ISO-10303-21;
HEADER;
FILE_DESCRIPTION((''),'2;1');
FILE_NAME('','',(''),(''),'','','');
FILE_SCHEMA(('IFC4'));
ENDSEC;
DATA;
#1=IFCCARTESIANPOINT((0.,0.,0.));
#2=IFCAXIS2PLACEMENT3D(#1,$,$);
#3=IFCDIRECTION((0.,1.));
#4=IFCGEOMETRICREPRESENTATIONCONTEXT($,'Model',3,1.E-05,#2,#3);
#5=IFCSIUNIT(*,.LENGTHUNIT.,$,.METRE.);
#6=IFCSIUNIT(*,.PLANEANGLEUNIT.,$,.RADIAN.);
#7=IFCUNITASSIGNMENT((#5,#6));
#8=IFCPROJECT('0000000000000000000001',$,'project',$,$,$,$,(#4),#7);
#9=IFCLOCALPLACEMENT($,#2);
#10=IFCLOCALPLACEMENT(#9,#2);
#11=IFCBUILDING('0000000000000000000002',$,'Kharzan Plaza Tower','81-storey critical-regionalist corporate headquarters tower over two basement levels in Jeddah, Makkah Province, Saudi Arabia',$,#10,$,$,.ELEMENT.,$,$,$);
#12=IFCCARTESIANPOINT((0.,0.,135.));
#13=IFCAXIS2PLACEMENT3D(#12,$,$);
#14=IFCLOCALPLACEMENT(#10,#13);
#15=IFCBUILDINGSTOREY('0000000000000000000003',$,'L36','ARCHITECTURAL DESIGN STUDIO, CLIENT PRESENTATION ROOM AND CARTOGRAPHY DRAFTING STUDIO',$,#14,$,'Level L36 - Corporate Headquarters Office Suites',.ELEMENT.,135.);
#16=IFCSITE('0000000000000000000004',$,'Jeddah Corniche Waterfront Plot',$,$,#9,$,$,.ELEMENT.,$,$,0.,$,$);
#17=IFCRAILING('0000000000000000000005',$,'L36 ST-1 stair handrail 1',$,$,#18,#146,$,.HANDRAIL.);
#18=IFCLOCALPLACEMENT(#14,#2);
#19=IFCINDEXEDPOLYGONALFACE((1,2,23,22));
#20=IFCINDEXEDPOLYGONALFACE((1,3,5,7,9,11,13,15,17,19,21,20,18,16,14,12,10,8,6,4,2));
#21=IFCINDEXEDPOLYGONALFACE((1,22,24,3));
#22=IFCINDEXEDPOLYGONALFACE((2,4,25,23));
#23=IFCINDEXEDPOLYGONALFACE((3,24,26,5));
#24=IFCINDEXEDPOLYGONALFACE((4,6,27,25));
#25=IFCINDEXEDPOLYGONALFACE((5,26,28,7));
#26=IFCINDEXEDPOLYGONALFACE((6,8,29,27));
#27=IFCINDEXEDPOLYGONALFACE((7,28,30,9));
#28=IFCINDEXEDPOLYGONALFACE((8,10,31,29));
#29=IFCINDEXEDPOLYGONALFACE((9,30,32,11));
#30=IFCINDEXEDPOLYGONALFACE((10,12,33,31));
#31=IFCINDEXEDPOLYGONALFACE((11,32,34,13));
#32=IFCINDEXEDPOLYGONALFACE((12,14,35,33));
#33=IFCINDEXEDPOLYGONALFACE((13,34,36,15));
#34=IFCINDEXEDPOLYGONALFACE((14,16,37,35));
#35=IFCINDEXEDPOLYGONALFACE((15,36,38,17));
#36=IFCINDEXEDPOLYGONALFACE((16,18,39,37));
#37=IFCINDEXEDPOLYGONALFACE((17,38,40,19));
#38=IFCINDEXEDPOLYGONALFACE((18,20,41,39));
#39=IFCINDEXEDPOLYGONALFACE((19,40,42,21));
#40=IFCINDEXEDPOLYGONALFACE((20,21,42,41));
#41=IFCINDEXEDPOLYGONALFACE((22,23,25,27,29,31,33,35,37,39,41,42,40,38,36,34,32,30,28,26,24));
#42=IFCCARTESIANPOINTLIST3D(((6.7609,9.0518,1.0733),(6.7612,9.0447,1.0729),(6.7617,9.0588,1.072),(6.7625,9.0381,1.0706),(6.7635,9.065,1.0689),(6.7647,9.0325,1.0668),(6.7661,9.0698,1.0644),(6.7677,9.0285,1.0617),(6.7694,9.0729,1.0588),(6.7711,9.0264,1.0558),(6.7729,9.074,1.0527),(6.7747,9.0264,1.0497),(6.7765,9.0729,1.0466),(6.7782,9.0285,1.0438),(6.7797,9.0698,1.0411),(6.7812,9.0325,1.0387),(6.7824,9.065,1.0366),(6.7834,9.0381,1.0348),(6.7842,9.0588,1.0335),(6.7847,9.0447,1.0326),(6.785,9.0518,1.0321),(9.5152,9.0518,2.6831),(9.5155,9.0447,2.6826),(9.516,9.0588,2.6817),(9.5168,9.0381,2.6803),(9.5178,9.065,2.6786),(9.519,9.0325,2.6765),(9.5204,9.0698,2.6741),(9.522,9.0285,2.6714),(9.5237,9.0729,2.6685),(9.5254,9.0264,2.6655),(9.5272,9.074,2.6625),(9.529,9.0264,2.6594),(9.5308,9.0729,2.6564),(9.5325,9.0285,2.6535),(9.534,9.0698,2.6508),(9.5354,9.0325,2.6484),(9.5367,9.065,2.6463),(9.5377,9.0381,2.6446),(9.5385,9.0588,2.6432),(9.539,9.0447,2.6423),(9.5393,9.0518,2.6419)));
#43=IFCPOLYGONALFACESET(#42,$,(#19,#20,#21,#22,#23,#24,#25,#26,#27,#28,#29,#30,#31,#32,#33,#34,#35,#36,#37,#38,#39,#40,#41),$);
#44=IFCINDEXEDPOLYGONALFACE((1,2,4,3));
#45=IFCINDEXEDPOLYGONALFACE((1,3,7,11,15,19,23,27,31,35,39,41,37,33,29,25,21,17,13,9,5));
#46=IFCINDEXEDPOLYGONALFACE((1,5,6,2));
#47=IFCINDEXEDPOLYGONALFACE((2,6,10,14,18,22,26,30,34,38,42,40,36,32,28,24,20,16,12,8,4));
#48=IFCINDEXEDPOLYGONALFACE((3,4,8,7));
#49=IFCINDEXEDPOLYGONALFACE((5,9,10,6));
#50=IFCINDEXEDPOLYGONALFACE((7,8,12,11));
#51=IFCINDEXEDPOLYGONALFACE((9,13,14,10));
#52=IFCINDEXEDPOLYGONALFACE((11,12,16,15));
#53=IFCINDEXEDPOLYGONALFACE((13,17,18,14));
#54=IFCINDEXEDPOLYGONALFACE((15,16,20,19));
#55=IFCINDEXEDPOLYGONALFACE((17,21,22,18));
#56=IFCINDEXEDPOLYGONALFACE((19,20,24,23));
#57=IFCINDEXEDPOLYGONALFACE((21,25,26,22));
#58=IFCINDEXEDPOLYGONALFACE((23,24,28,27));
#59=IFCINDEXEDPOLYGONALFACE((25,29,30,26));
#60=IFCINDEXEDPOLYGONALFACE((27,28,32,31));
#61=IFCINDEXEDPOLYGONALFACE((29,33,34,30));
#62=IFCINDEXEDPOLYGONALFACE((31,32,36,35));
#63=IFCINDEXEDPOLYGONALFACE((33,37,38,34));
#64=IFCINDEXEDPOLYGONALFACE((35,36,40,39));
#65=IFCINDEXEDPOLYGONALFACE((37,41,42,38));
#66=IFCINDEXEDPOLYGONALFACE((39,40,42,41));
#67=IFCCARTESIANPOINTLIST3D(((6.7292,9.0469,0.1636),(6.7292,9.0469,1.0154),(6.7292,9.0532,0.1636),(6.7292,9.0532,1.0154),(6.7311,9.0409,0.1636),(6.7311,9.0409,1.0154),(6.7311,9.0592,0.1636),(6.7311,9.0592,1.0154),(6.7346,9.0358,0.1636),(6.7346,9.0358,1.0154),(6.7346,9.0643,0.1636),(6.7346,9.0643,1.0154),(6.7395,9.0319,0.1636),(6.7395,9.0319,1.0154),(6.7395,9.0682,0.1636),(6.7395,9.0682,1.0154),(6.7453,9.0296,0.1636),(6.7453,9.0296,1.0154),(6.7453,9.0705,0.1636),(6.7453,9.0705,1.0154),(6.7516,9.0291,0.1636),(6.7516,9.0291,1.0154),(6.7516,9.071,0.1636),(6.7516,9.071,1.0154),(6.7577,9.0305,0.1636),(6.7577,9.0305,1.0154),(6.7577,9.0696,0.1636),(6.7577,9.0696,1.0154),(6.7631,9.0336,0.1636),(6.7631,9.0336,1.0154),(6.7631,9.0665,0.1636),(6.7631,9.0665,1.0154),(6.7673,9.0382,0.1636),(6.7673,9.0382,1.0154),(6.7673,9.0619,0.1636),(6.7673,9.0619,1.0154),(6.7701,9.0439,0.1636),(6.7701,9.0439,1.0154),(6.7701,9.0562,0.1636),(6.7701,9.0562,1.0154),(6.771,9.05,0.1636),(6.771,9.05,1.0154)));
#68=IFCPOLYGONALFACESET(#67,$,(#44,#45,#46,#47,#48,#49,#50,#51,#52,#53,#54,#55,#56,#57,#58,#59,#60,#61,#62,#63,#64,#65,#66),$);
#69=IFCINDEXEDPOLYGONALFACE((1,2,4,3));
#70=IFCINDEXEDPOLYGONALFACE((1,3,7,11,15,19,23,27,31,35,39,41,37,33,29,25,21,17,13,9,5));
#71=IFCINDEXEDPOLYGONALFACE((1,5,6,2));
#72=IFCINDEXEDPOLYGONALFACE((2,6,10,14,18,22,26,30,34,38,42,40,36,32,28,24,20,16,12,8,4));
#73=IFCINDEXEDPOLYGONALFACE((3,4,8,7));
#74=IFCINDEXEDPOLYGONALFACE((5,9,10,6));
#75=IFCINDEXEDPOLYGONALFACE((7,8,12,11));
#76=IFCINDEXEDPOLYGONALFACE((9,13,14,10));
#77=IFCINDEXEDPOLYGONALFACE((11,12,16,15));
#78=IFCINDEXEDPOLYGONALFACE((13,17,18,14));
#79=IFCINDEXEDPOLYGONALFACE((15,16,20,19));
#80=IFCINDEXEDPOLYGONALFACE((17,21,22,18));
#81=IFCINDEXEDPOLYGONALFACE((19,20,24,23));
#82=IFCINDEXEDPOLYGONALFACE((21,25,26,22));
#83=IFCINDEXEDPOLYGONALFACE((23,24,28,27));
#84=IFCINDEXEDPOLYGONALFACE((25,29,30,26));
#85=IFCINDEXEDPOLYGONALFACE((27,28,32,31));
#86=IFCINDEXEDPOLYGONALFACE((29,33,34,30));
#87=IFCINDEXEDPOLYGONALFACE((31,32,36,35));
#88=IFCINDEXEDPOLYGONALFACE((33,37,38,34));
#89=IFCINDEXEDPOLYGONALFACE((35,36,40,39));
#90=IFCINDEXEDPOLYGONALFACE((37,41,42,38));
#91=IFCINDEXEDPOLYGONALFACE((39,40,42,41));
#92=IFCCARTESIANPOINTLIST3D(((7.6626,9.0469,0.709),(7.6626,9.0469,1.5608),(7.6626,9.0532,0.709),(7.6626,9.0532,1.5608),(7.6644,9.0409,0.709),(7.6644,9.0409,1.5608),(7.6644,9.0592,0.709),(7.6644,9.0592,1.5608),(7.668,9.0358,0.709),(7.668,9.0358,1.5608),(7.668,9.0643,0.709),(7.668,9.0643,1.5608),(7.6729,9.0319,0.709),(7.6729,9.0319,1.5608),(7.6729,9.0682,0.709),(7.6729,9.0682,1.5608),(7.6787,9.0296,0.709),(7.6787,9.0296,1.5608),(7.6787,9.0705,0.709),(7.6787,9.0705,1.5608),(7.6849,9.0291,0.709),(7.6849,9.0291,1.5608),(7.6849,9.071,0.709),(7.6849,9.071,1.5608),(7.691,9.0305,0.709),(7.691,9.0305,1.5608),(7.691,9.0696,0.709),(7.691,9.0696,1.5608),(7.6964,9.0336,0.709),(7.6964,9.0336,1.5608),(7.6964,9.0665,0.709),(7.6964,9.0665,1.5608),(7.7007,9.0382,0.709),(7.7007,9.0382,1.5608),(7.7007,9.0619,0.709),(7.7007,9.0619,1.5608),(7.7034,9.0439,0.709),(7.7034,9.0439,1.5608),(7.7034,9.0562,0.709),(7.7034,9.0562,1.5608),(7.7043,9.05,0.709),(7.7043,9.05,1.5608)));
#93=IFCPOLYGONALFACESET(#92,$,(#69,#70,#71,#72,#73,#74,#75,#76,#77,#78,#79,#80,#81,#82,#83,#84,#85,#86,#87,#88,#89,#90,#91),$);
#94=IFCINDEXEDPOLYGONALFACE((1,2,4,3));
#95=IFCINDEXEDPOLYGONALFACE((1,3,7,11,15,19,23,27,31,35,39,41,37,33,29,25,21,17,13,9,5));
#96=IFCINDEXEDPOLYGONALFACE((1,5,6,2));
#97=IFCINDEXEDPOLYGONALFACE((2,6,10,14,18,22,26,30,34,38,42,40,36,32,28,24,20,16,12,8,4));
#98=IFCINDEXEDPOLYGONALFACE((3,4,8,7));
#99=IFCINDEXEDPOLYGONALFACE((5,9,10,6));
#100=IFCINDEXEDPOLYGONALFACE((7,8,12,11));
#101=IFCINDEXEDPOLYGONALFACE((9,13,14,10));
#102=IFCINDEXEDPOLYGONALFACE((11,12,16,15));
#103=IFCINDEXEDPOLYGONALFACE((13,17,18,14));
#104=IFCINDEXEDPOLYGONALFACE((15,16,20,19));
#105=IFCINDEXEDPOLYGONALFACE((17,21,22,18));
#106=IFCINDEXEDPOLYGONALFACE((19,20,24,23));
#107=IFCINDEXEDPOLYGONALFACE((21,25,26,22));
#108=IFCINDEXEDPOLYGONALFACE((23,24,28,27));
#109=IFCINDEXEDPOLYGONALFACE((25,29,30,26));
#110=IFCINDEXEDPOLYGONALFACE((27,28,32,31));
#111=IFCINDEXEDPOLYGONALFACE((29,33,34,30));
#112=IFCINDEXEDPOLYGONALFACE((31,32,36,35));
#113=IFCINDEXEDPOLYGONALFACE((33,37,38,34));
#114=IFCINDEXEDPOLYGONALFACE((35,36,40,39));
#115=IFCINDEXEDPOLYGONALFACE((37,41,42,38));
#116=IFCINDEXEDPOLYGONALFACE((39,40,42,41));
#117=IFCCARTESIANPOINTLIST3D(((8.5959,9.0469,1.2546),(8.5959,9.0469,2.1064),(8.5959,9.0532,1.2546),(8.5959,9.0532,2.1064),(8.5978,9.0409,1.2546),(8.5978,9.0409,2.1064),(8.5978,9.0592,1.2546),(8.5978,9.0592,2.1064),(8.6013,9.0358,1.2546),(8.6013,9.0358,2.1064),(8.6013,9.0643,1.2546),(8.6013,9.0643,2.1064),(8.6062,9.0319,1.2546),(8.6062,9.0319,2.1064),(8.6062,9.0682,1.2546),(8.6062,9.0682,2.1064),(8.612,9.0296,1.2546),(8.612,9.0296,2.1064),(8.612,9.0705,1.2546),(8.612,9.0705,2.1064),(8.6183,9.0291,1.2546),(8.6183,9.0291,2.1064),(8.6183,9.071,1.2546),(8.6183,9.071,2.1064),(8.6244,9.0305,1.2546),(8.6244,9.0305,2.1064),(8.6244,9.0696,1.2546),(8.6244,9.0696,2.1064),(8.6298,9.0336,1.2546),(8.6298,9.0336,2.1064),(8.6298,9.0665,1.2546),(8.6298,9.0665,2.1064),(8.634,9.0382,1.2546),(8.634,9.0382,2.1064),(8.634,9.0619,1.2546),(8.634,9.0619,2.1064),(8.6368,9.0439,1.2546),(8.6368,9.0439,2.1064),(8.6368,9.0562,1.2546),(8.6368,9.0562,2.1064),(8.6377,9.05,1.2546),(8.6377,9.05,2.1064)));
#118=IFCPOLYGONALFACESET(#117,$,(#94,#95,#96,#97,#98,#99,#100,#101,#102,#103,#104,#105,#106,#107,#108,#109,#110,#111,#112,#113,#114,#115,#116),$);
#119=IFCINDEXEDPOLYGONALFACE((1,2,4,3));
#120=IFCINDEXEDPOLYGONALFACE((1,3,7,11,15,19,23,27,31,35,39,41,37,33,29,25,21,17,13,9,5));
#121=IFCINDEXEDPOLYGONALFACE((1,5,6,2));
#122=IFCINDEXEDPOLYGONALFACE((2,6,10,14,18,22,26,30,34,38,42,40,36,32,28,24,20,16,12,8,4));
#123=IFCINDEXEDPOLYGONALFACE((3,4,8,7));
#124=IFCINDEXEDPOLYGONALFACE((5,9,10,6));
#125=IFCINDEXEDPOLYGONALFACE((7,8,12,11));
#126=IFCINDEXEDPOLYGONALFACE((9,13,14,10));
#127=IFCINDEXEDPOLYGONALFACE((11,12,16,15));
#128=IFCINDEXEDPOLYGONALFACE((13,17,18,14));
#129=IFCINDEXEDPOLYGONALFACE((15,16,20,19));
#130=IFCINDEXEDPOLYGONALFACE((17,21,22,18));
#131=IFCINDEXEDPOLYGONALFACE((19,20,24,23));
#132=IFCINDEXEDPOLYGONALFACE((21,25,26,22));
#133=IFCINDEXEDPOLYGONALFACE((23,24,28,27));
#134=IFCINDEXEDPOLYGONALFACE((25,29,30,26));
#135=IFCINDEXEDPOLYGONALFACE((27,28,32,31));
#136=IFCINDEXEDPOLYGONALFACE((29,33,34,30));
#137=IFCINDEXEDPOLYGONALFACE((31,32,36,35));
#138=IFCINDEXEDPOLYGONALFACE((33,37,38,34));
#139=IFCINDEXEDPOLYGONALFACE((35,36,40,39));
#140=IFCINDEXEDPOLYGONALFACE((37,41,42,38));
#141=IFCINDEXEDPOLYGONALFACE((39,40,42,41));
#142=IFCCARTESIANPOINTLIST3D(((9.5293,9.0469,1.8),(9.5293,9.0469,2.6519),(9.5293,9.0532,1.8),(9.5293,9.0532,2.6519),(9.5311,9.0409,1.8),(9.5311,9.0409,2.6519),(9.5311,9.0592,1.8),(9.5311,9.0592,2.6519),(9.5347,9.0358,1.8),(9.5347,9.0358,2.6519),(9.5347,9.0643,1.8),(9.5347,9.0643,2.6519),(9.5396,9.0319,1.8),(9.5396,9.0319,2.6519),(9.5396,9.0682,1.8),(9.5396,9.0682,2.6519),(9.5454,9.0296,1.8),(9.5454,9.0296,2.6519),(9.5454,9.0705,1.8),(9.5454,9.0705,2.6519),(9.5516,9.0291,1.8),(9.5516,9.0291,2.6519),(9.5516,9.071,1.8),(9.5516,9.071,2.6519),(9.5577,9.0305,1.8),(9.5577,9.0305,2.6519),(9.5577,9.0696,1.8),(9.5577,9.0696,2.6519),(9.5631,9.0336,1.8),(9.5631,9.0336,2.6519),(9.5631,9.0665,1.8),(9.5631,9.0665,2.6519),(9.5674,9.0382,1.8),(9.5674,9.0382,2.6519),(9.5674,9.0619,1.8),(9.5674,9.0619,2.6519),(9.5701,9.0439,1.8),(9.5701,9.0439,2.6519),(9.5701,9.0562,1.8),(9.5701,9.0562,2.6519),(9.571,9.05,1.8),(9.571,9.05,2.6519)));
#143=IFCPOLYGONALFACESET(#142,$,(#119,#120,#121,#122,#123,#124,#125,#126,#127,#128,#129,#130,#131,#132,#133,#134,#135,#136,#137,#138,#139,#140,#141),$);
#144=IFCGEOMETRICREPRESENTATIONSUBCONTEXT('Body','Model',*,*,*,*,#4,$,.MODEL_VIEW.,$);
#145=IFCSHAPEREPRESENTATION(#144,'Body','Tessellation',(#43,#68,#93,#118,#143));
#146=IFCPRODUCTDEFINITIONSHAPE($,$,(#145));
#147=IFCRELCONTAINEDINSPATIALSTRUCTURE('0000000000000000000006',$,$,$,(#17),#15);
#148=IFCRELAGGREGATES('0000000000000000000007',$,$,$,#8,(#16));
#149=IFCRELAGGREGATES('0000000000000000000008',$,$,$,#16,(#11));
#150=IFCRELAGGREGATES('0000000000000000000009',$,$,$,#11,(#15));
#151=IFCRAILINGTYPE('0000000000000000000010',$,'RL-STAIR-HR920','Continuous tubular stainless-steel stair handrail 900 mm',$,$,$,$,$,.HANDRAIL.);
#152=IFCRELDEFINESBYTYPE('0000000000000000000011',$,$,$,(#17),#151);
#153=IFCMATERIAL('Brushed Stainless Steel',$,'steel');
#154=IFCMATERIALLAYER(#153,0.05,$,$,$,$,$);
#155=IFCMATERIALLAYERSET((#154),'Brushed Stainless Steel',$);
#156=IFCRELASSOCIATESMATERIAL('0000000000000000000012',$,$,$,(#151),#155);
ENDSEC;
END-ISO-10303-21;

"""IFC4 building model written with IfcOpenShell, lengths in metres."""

from ifc_helpers import new_model, si_unit, direction, frame, origin, origin_2d, place, context, subcontext, project, spatial, circle, extrude, source, transform, mapped, material, layer, layer_set, type_object, element, save


model = new_model("IFC4")

# Units and contexts
model_context = context("Model", 3, precision=1e-05, world=origin(), true_north=direction((0.0, 1.0)))
body_context = subcontext(model_context, "Body", "Model", "MODEL_VIEW")
ifc_project = project(units=[si_unit("LENGTHUNIT", "METRE"), si_unit("PLANEANGLEUNIT", "RADIAN")], contexts=[model_context])

# Site, building, storey
site_placement = place(None, origin())
site = spatial("IfcSite", under=ifc_project, at=site_placement, Name="Jeddah Corniche Waterfront Plot", CompositionType="ELEMENT", RefElevation=0.0)
building_placement = place(site_placement, origin())
building = spatial("IfcBuilding", under=site, at=building_placement, Name="Kharzan Plaza Tower", Description="81-storey critical-regionalist corporate headquarters tower over two basement levels in Jeddah, Makkah Province, Saudi Arabia", CompositionType="ELEMENT")
storey_placement = place(building_placement, frame((0.0, 0.0, 135.0)))
storey = spatial("IfcBuildingStorey", under=building, at=storey_placement, Name="L36", Description="ARCHITECTURAL DESIGN STUDIO, CLIENT PRESENTATION ROOM AND CARTOGRAPHY DRAFTING STUDIO", LongName="Level L36 - Corporate Headquarters Office Suites", CompositionType="ELEMENT", Elevation=135.0)

# Railing
ifc_material_1 = material(Name="Brushed Stainless Steel", Category="steel")
ifc_layer_1 = layer(ifc_material_1, 0.05)
ifc_layer_set_1 = layer_set([ifc_layer_1], Name="Brushed Stainless Steel")
railing_type_1 = type_object("IfcRailingType", Name="RL-STAIR-HR920", Description="Continuous tubular stainless-steel stair handrail 900 mm", PredefinedType="HANDRAIL", material=ifc_layer_set_1)
shared_shape_1 = source(origin(), body_context, "Body", "SweptSolid", [
    extrude(circle(Radius=0.0239, at=origin_2d()), frame((0.0229, 0.0, 0.8892), z_axis=(0.863361, 0.0, 0.504587), x_axis=(0.0, 1.0, 0.0)), (0.0, 0.0, 1.0), 3.1902),
    extrude(circle(Radius=0.021, at=origin_2d()), origin(), (0.0, 0.0, 1.0), 0.8518),
    extrude(circle(Radius=0.021, at=origin_2d()), frame((0.9333, 0.0, 0.5454)), (0.0, 0.0, 1.0), 0.8518),
    extrude(circle(Radius=0.021, at=origin_2d()), frame((1.8667, 0.0, 1.0911)), (0.0, 0.0, 1.0), 0.8518),
    extrude(circle(Radius=0.021, at=origin_2d()), frame((2.8, 0.0, 1.6365)), (0.0, 0.0, 1.0), 0.8518),
])
railing_1_placement = place(storey_placement, frame((6.75, 9.05, 0.1636)))
element("IfcRailing", 1, at=railing_1_placement, inside=storey, type_object=railing_type_1, Name="L36 ST-1 stair handrail 1", PredefinedType="HANDRAIL", context=body_context, shape_type="MappedRepresentation", body=[
    mapped(shared_shape_1, transform((0.0, 0.0, 0.0), x_axis=(1.0, 0.0, 0.0), y_axis=(0.0, 1.0, 0.0), z_axis=(0.0, 0.0, 1.0))),
])

save(model, "model.ifc")
